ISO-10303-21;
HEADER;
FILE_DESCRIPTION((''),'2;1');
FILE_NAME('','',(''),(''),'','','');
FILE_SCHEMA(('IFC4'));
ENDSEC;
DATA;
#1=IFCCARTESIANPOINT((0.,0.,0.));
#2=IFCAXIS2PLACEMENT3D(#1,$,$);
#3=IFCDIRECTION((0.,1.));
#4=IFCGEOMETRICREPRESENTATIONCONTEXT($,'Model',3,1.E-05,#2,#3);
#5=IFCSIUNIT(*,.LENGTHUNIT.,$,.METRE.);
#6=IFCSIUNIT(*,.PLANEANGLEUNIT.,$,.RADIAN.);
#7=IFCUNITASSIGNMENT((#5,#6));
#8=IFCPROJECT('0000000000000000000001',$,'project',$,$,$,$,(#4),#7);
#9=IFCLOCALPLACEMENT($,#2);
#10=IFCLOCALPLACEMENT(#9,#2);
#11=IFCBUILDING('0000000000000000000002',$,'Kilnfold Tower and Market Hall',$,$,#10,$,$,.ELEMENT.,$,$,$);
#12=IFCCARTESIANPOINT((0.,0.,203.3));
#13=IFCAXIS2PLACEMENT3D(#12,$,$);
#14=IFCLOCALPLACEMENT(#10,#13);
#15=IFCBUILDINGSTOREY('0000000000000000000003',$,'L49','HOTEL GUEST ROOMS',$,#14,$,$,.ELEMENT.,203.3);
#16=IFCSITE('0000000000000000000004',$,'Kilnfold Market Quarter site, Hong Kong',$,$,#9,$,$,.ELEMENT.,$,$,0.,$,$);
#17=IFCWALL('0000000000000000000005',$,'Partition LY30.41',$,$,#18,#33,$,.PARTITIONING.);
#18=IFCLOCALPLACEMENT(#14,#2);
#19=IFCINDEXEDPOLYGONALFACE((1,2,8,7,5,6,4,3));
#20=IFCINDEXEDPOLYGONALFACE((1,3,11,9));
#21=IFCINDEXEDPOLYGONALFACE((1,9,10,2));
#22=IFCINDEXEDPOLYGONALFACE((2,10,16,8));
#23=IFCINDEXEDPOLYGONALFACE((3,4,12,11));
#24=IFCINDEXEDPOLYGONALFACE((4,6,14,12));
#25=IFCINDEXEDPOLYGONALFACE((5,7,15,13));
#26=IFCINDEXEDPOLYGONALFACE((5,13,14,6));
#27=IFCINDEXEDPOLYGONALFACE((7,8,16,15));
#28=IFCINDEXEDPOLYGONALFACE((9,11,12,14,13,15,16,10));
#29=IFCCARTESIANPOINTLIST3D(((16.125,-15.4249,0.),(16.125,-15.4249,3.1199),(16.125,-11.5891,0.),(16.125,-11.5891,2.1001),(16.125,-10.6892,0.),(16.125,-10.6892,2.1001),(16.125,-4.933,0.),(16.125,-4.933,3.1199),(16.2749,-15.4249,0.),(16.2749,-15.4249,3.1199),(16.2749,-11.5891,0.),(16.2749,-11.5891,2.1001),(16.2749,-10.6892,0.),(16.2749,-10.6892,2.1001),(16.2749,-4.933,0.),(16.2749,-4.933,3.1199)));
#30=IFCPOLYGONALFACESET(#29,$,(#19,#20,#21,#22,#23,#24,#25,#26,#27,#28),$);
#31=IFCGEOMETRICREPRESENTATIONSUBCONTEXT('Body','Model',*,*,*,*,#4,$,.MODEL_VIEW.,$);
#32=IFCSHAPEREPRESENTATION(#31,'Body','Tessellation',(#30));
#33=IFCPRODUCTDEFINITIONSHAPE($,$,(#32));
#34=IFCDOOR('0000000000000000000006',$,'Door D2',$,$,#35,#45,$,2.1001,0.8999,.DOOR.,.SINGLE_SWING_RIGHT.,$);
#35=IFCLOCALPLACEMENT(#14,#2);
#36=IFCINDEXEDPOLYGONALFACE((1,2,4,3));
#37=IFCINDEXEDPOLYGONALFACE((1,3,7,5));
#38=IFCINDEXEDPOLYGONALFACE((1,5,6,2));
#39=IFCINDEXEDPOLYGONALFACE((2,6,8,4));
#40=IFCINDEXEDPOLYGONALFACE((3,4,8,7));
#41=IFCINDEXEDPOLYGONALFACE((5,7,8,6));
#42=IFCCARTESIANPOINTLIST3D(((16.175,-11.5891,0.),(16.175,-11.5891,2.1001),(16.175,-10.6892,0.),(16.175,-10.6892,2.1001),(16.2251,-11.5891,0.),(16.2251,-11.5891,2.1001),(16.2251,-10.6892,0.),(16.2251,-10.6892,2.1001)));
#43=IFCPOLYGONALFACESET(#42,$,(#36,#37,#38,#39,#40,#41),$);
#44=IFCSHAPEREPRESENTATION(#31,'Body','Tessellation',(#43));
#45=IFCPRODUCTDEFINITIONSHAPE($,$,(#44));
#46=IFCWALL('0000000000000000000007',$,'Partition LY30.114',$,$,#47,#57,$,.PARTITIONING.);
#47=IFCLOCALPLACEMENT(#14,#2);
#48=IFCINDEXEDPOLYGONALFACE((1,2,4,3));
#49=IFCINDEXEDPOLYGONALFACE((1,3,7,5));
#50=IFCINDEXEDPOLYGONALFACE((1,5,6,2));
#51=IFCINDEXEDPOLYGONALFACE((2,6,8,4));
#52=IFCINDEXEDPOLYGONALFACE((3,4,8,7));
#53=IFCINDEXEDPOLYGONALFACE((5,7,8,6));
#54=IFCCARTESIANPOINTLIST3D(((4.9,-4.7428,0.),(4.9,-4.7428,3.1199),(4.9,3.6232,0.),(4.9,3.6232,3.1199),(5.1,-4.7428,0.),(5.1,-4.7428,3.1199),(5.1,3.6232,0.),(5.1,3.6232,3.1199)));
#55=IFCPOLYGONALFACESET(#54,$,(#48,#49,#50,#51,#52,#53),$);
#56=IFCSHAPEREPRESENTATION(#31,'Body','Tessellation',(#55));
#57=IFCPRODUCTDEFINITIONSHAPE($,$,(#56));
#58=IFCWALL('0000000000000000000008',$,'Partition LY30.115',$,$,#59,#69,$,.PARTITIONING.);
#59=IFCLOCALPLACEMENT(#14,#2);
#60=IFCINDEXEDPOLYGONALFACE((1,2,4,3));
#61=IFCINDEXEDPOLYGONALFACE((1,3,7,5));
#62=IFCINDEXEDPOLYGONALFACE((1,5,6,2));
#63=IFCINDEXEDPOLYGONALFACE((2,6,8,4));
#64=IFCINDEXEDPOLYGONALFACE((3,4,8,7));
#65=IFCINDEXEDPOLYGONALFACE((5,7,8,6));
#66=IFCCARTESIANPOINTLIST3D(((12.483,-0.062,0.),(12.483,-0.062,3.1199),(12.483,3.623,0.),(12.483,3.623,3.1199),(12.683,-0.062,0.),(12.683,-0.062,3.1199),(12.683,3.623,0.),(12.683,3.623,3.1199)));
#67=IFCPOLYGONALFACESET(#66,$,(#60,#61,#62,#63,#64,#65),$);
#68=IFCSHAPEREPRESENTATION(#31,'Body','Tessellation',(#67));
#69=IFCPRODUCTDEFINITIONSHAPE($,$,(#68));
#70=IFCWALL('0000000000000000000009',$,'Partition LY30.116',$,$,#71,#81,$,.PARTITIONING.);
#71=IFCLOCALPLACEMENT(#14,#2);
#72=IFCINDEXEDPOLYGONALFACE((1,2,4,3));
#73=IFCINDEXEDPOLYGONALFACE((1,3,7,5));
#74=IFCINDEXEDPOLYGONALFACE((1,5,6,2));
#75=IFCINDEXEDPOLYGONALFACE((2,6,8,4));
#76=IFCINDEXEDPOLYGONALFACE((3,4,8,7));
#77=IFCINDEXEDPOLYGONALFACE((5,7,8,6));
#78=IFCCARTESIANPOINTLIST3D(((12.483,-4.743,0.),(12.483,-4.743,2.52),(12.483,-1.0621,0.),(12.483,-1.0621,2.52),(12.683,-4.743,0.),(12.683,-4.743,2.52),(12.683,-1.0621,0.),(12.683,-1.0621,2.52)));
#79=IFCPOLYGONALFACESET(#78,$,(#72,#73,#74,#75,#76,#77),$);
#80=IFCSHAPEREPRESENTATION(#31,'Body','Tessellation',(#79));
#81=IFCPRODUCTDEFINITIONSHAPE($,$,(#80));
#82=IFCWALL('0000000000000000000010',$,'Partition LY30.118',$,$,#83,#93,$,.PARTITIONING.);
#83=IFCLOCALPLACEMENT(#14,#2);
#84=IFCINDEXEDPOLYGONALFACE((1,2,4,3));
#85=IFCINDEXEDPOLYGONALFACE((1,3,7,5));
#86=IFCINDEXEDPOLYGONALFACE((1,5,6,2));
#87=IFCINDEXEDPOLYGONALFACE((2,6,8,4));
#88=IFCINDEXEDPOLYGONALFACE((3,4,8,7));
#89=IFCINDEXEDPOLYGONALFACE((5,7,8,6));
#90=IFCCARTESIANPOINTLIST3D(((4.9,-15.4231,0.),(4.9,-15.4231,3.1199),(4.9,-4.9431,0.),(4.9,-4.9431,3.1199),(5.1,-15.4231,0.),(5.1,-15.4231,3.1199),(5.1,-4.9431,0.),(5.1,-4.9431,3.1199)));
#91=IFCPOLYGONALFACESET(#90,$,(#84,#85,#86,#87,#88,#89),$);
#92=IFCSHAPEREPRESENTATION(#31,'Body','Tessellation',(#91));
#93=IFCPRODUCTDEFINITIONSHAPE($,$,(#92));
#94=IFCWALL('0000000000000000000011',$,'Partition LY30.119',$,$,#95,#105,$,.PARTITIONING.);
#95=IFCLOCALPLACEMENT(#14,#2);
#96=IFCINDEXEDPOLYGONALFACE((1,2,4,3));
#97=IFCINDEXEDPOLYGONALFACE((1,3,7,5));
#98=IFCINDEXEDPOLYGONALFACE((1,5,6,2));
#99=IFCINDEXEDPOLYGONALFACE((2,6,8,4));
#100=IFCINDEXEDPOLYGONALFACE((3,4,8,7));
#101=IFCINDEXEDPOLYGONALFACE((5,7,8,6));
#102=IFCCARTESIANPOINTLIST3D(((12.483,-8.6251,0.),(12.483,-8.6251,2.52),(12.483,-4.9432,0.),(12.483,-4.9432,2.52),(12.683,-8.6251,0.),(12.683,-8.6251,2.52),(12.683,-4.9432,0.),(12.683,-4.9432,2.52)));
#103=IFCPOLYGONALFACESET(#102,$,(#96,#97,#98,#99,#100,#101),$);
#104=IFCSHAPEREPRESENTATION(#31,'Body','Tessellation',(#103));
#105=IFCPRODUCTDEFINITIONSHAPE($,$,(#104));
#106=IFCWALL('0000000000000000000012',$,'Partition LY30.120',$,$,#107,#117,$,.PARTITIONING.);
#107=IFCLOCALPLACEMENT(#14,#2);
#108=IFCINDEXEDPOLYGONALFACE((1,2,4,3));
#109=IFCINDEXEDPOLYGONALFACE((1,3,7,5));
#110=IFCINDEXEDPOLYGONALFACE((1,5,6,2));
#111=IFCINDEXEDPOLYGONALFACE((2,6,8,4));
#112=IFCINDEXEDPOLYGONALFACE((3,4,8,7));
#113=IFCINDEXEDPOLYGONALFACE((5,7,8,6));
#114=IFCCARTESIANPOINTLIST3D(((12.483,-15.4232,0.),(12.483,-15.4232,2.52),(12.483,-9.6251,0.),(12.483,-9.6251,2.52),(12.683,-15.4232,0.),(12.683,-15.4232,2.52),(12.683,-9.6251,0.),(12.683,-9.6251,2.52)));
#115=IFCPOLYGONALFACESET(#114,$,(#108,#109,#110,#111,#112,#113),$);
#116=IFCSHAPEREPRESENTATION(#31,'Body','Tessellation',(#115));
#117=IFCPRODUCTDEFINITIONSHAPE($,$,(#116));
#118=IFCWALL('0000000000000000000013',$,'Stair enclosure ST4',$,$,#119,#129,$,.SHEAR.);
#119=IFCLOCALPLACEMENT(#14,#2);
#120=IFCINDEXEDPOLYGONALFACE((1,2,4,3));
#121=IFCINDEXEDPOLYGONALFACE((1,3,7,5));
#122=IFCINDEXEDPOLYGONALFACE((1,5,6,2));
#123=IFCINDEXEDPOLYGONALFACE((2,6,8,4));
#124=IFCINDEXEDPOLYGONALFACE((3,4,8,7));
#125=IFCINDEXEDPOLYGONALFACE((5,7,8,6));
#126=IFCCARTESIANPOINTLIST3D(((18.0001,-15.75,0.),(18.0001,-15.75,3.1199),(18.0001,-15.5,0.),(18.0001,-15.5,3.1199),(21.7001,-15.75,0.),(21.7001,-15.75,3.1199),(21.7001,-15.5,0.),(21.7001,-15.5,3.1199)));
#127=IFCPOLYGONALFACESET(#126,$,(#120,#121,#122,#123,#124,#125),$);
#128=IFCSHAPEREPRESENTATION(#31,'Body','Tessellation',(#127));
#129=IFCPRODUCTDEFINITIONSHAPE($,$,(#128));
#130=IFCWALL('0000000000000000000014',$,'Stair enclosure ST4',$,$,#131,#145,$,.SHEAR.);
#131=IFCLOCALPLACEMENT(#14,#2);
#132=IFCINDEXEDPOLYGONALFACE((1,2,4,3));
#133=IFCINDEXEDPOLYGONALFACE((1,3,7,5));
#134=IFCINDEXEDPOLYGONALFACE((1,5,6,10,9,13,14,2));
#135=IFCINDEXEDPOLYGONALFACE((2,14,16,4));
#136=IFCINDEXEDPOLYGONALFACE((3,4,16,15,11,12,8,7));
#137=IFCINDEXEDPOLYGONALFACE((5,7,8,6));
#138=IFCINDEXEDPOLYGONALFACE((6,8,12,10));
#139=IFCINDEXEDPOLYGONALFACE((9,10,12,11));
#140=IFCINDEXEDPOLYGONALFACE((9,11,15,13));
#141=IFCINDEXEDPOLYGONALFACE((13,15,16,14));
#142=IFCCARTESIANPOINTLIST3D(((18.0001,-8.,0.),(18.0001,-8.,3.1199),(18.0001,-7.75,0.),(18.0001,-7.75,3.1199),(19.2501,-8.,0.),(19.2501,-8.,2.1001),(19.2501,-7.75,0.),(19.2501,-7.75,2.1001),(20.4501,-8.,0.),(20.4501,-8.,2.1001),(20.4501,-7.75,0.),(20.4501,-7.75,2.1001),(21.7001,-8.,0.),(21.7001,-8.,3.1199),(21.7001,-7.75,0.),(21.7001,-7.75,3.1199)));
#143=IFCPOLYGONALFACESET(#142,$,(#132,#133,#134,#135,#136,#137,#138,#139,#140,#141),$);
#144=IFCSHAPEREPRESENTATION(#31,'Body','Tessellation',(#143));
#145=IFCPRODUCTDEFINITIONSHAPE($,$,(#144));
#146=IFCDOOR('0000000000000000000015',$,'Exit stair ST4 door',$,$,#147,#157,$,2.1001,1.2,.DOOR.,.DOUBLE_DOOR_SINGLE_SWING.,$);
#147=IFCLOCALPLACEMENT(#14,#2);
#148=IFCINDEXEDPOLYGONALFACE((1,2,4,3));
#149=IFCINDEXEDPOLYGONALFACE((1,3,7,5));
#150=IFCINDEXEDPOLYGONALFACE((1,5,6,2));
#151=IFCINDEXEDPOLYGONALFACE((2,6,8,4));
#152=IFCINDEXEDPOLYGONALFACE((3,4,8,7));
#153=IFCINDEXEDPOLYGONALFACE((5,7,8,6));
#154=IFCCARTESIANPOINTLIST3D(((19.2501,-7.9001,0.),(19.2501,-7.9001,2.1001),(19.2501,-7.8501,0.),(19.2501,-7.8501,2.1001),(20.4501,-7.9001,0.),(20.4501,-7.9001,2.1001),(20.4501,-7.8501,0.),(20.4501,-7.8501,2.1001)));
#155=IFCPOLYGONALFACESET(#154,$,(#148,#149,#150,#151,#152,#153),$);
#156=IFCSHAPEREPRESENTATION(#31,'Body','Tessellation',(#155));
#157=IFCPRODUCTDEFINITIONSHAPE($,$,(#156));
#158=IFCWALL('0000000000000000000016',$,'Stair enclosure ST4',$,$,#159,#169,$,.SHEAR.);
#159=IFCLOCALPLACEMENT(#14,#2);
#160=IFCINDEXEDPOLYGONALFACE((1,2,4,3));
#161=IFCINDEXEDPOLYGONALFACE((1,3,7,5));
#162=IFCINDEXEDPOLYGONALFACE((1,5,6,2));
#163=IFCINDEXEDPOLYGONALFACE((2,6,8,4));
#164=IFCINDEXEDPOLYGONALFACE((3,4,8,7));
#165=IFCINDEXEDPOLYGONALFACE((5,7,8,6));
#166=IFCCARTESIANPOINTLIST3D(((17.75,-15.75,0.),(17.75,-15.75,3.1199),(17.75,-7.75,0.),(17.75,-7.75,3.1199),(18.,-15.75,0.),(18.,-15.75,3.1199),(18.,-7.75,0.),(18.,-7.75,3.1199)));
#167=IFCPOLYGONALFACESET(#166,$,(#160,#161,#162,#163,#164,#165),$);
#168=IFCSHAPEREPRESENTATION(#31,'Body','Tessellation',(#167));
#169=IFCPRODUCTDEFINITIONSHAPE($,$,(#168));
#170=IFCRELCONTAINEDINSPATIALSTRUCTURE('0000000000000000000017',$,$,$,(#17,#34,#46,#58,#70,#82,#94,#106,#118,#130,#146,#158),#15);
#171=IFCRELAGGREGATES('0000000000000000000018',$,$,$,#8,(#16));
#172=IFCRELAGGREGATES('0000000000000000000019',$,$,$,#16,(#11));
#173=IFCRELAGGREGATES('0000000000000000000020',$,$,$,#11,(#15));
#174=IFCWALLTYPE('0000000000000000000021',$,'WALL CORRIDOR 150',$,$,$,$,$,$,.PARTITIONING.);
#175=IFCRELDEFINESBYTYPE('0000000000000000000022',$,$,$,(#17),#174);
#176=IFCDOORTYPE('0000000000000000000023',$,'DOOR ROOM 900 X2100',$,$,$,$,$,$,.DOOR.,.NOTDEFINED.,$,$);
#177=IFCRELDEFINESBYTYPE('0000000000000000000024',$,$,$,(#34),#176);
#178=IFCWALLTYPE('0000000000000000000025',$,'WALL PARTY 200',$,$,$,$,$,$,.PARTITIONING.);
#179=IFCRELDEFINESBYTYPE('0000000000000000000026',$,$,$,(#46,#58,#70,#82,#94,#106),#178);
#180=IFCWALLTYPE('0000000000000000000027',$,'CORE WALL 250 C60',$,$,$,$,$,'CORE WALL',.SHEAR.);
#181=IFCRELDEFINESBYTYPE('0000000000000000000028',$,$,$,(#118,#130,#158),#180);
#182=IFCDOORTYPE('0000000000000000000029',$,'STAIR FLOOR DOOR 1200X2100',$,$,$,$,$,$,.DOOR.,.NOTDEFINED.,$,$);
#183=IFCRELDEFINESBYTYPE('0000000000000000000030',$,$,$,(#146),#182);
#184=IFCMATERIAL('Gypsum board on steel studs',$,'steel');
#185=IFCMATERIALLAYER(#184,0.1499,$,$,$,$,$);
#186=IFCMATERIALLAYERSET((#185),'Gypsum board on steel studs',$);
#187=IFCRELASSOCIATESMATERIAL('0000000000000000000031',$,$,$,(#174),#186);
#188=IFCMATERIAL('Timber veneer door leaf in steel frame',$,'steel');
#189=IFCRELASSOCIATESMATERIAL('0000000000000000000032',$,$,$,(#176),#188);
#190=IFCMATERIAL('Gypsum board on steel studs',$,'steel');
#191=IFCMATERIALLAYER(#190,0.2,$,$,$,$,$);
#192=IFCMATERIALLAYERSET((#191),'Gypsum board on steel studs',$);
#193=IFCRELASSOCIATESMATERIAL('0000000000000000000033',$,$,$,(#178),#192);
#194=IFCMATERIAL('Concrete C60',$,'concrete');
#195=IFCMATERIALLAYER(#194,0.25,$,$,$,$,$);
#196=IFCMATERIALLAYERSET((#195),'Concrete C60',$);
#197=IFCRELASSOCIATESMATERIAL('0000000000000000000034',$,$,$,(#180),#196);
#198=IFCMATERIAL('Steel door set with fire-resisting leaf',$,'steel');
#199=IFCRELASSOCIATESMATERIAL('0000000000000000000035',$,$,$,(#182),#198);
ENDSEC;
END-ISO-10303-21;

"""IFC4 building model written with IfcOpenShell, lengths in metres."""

from ifc_helpers import new_model, si_unit, direction, frame, frame_2d, origin, place, context, subcontext, project, spatial, rectangle, extrude, source, transform, mapped, material, layer, layer_set, type_object, element, fill, save


model = new_model("IFC4")

# Units and contexts
model_context = context("Model", 3, precision=1e-05, world=origin(), true_north=direction((0.0, 1.0)))
body_context = subcontext(model_context, "Body", "Model", "MODEL_VIEW")
ifc_project = project(units=[si_unit("LENGTHUNIT", "METRE"), si_unit("PLANEANGLEUNIT", "RADIAN")], contexts=[model_context])

# Site, building, storey
site_placement = place(None, origin())
site = spatial("IfcSite", under=ifc_project, at=site_placement, Name="Kilnfold Market Quarter site, Hong Kong", CompositionType="ELEMENT", RefElevation=0.0)
building_placement = place(site_placement, origin())
building = spatial("IfcBuilding", under=site, at=building_placement, Name="Kilnfold Tower and Market Hall", CompositionType="ELEMENT")
storey_placement = place(building_placement, frame((0.0, 0.0, 203.3)))
storey = spatial("IfcBuildingStorey", under=building, at=storey_placement, Name="L49", Description="HOTEL GUEST ROOMS", CompositionType="ELEMENT", Elevation=203.3)

# Shared definitions
ifc_material_1 = material(Name="Gypsum board on steel studs", Category="steel")
ifc_layer_1 = layer(ifc_material_1, 0.1499)
ifc_layer_set_1 = layer_set([ifc_layer_1], Name="Gypsum board on steel studs")
wall_type_1 = type_object("IfcWallType", Name="WALL CORRIDOR 150", PredefinedType="PARTITIONING", material=ifc_layer_set_1)
ifc_material_2 = material(Name="Timber veneer door leaf in steel frame", Category="steel")
door_type_1 = type_object("IfcDoorType", Name="DOOR ROOM 900 X2100", OperationType="NOTDEFINED", PredefinedType="DOOR", material=ifc_material_2)

# Wall, opening, door
wall_1_placement = place(storey_placement, frame((16.2, -15.425, 0.0), z_axis=(0.0, 0.0, 1.0), x_axis=(0.0, 1.0, 0.0)))
wall_1 = element("IfcWall", 1, at=wall_1_placement, inside=storey, type_object=wall_type_1, Name="Partition LY30.41", PredefinedType="PARTITIONING", context=body_context, shape_type="SweptSolid", body=[
    extrude(rectangle(XDim=10.4919, YDim=0.1499, at=frame_2d((5.2461, 0.0))), origin(), (0.0, 0.0, 1.0), 3.1199),
])
opening_1_placement = place(wall_1_placement, frame((3.8359, 0.0, 0.0)))
opening_1 = element("IfcOpeningElement", 2, at=opening_1_placement, cuts=wall_1, PredefinedType="OPENING", context=body_context, shape_type="SweptSolid", body=[
    extrude(rectangle(XDim=0.8999, YDim=2.1001, at=frame_2d((0.45, 1.05))), frame((0.0, 0.085, 0.0), z_axis=(0.0, -1.0, 0.0), x_axis=(1.0, 0.0, 0.0)), (0.0, 0.0, 1.0), 0.1699),
])
door_1_placement = place(opening_1_placement, origin())
door_1 = element("IfcDoor", 3, at=door_1_placement, inside=storey, type_object=door_type_1, Name="Door D2", OperationType="SINGLE_SWING_RIGHT", OverallHeight=2.1001, OverallWidth=0.8999, PredefinedType="DOOR", context=body_context, shape_type="SweptSolid", body=[
    extrude(rectangle(XDim=0.8999, YDim=2.1001, at=frame_2d((0.45, 1.05))), frame((0.0, 0.0249, 0.0), z_axis=(0.0, -1.0, 0.0), x_axis=(1.0, 0.0, 0.0)), (0.0, 0.0, 1.0), 0.05),
])
fill(opening_1, door_1)

# Walls
ifc_material_3 = material(Name="Gypsum board on steel studs", Category="steel")
ifc_layer_2 = layer(ifc_material_3, 0.2)
ifc_layer_set_2 = layer_set([ifc_layer_2], Name="Gypsum board on steel studs")
wall_type_2 = type_object("IfcWallType", Name="WALL PARTY 200", PredefinedType="PARTITIONING", material=ifc_layer_set_2)
wall_2_placement = place(storey_placement, frame((5.0, -4.7429, 0.0), z_axis=(0.0, 0.0, 1.0), x_axis=(0.0, 1.0, 0.0)))
element("IfcWall", 4, at=wall_2_placement, inside=storey, type_object=wall_type_2, Name="Partition LY30.114", PredefinedType="PARTITIONING", context=body_context, shape_type="SweptSolid", body=[
    extrude(rectangle(XDim=8.366, YDim=0.2, at=frame_2d((4.1831, 0.0))), origin(), (0.0, 0.0, 1.0), 3.1199),
])
wall_3_placement = place(storey_placement, frame((12.583, -0.062, 0.0), z_axis=(0.0, 0.0, 1.0), x_axis=(0.0, 1.0, 0.0)))
element("IfcWall", 5, at=wall_3_placement, inside=storey, type_object=wall_type_2, Name="Partition LY30.115", PredefinedType="PARTITIONING", context=body_context, shape_type="SweptSolid", body=[
    extrude(rectangle(XDim=3.6851, YDim=0.2, at=frame_2d((1.8425, 0.0))), origin(), (0.0, 0.0, 1.0), 3.1199),
])
wall_4_placement = place(storey_placement, frame((12.583, -4.7429, 0.0), z_axis=(0.0, 0.0, 1.0), x_axis=(0.0, 1.0, 0.0)))
element("IfcWall", 6, at=wall_4_placement, inside=storey, type_object=wall_type_2, Name="Partition LY30.116", PredefinedType="PARTITIONING", context=body_context, shape_type="SweptSolid", body=[
    extrude(rectangle(XDim=3.6809, YDim=0.2, at=frame_2d((1.8403, 0.0))), origin(), (0.0, 0.0, 1.0), 2.52),
])
wall_5_placement = place(storey_placement, frame((5.0, -15.4231, 0.0), z_axis=(0.0, 0.0, 1.0), x_axis=(0.0, 1.0, 0.0)))
element("IfcWall", 7, at=wall_5_placement, inside=storey, type_object=wall_type_2, Name="Partition LY30.118", PredefinedType="PARTITIONING", context=body_context, shape_type="SweptSolid", body=[
    extrude(rectangle(XDim=10.48, YDim=0.2, at=frame_2d((5.24, 0.0))), origin(), (0.0, 0.0, 1.0), 3.1199),
])
wall_6_placement = place(storey_placement, frame((12.583, -8.625, 0.0), z_axis=(0.0, 0.0, 1.0), x_axis=(0.0, 1.0, 0.0)))
element("IfcWall", 8, at=wall_6_placement, inside=storey, type_object=wall_type_2, Name="Partition LY30.119", PredefinedType="PARTITIONING", context=body_context, shape_type="SweptSolid", body=[
    extrude(rectangle(XDim=3.6819, YDim=0.2, at=frame_2d((1.8408, 0.0))), origin(), (0.0, 0.0, 1.0), 2.52),
])
wall_7_placement = place(storey_placement, frame((12.583, -15.4231, 0.0), z_axis=(0.0, 0.0, 1.0), x_axis=(0.0, 1.0, 0.0)))
element("IfcWall", 9, at=wall_7_placement, inside=storey, type_object=wall_type_2, Name="Partition LY30.120", PredefinedType="PARTITIONING", context=body_context, shape_type="SweptSolid", body=[
    extrude(rectangle(XDim=5.7981, YDim=0.2, at=frame_2d((2.8989, 0.0))), origin(), (0.0, 0.0, 1.0), 2.52),
])
ifc_material_4 = material(Name="Concrete C60", Category="concrete")
ifc_layer_3 = layer(ifc_material_4, 0.25)
ifc_layer_set_3 = layer_set([ifc_layer_3], Name="Concrete C60")
wall_type_3 = type_object("IfcWallType", Name="CORE WALL 250 C60", ElementType="CORE WALL", PredefinedType="SHEAR", material=ifc_layer_set_3)
shared_shape_1 = source(origin(), body_context, "Body", "SweptSolid", [
    extrude(rectangle(XDim=3.7, YDim=0.25, at=frame_2d((1.8501, 0.0))), origin(), (0.0, 0.0, 1.0), 3.1199),
])
wall_8_placement = place(storey_placement, frame((18.0, -15.625, 0.0), z_axis=(0.0, 0.0, 1.0), x_axis=(1.0, 0.0, 0.0)))
element("IfcWall", 10, at=wall_8_placement, inside=storey, type_object=wall_type_3, Name="Stair enclosure ST4", PredefinedType="SHEAR", context=body_context, shape_type="MappedRepresentation", body=[
    mapped(shared_shape_1, transform((0.0, 0.0, 0.0))),
])

# Wall, opening, door
wall_9_placement = place(storey_placement, frame((18.0, -7.875, 0.0), z_axis=(0.0, 0.0, 1.0), x_axis=(1.0, 0.0, 0.0)))
wall_9 = element("IfcWall", 11, at=wall_9_placement, inside=storey, type_object=wall_type_3, Name="Stair enclosure ST4", PredefinedType="SHEAR", context=body_context, shape_type="MappedRepresentation", body=[
    mapped(shared_shape_1, transform((0.0, 0.0, 0.0))),
])
opening_2_placement = place(wall_9_placement, frame((1.25, 0.0, 0.0)))
opening_2 = element("IfcOpeningElement", 12, at=opening_2_placement, cuts=wall_9, PredefinedType="OPENING", context=body_context, shape_type="SweptSolid", body=[
    extrude(rectangle(XDim=1.2, YDim=2.1001, at=frame_2d((0.6001, 1.05))), frame((0.0, 0.135, 0.0), z_axis=(0.0, -1.0, 0.0), x_axis=(1.0, 0.0, 0.0)), (0.0, 0.0, 1.0), 0.27),
])
ifc_material_5 = material(Name="Steel door set with fire-resisting leaf", Category="steel")
door_type_2 = type_object("IfcDoorType", Name="STAIR FLOOR DOOR 1200X2100", OperationType="NOTDEFINED", PredefinedType="DOOR", material=ifc_material_5)
door_2_placement = place(opening_2_placement, origin())
door_2 = element("IfcDoor", 13, at=door_2_placement, inside=storey, type_object=door_type_2, Name="Exit stair ST4 door", OperationType="DOUBLE_DOOR_SINGLE_SWING", OverallHeight=2.1001, OverallWidth=1.2, PredefinedType="DOOR", context=body_context, shape_type="SweptSolid", body=[
    extrude(rectangle(XDim=1.2, YDim=2.1001, at=frame_2d((0.6001, 1.05))), frame((0.0, 0.0249, 0.0), z_axis=(0.0, -1.0, 0.0), x_axis=(1.0, 0.0, 0.0)), (0.0, 0.0, 1.0), 0.05),
])
fill(opening_2, door_2)

# Wall
shared_shape_2 = source(origin(), body_context, "Body", "SweptSolid", [
    extrude(rectangle(XDim=8.0, YDim=0.25, at=frame_2d((4.0, 0.0))), origin(), (0.0, 0.0, 1.0), 3.1199),
])
wall_10_placement = place(storey_placement, frame((17.875, -15.75, 0.0), z_axis=(0.0, 0.0, 1.0), x_axis=(0.0, 1.0, 0.0)))
element("IfcWall", 14, at=wall_10_placement, inside=storey, type_object=wall_type_3, Name="Stair enclosure ST4", PredefinedType="SHEAR", context=body_context, shape_type="MappedRepresentation", body=[
    mapped(shared_shape_2, transform((0.0, 0.0, 0.0))),
])

save(model, "model.ifc")
